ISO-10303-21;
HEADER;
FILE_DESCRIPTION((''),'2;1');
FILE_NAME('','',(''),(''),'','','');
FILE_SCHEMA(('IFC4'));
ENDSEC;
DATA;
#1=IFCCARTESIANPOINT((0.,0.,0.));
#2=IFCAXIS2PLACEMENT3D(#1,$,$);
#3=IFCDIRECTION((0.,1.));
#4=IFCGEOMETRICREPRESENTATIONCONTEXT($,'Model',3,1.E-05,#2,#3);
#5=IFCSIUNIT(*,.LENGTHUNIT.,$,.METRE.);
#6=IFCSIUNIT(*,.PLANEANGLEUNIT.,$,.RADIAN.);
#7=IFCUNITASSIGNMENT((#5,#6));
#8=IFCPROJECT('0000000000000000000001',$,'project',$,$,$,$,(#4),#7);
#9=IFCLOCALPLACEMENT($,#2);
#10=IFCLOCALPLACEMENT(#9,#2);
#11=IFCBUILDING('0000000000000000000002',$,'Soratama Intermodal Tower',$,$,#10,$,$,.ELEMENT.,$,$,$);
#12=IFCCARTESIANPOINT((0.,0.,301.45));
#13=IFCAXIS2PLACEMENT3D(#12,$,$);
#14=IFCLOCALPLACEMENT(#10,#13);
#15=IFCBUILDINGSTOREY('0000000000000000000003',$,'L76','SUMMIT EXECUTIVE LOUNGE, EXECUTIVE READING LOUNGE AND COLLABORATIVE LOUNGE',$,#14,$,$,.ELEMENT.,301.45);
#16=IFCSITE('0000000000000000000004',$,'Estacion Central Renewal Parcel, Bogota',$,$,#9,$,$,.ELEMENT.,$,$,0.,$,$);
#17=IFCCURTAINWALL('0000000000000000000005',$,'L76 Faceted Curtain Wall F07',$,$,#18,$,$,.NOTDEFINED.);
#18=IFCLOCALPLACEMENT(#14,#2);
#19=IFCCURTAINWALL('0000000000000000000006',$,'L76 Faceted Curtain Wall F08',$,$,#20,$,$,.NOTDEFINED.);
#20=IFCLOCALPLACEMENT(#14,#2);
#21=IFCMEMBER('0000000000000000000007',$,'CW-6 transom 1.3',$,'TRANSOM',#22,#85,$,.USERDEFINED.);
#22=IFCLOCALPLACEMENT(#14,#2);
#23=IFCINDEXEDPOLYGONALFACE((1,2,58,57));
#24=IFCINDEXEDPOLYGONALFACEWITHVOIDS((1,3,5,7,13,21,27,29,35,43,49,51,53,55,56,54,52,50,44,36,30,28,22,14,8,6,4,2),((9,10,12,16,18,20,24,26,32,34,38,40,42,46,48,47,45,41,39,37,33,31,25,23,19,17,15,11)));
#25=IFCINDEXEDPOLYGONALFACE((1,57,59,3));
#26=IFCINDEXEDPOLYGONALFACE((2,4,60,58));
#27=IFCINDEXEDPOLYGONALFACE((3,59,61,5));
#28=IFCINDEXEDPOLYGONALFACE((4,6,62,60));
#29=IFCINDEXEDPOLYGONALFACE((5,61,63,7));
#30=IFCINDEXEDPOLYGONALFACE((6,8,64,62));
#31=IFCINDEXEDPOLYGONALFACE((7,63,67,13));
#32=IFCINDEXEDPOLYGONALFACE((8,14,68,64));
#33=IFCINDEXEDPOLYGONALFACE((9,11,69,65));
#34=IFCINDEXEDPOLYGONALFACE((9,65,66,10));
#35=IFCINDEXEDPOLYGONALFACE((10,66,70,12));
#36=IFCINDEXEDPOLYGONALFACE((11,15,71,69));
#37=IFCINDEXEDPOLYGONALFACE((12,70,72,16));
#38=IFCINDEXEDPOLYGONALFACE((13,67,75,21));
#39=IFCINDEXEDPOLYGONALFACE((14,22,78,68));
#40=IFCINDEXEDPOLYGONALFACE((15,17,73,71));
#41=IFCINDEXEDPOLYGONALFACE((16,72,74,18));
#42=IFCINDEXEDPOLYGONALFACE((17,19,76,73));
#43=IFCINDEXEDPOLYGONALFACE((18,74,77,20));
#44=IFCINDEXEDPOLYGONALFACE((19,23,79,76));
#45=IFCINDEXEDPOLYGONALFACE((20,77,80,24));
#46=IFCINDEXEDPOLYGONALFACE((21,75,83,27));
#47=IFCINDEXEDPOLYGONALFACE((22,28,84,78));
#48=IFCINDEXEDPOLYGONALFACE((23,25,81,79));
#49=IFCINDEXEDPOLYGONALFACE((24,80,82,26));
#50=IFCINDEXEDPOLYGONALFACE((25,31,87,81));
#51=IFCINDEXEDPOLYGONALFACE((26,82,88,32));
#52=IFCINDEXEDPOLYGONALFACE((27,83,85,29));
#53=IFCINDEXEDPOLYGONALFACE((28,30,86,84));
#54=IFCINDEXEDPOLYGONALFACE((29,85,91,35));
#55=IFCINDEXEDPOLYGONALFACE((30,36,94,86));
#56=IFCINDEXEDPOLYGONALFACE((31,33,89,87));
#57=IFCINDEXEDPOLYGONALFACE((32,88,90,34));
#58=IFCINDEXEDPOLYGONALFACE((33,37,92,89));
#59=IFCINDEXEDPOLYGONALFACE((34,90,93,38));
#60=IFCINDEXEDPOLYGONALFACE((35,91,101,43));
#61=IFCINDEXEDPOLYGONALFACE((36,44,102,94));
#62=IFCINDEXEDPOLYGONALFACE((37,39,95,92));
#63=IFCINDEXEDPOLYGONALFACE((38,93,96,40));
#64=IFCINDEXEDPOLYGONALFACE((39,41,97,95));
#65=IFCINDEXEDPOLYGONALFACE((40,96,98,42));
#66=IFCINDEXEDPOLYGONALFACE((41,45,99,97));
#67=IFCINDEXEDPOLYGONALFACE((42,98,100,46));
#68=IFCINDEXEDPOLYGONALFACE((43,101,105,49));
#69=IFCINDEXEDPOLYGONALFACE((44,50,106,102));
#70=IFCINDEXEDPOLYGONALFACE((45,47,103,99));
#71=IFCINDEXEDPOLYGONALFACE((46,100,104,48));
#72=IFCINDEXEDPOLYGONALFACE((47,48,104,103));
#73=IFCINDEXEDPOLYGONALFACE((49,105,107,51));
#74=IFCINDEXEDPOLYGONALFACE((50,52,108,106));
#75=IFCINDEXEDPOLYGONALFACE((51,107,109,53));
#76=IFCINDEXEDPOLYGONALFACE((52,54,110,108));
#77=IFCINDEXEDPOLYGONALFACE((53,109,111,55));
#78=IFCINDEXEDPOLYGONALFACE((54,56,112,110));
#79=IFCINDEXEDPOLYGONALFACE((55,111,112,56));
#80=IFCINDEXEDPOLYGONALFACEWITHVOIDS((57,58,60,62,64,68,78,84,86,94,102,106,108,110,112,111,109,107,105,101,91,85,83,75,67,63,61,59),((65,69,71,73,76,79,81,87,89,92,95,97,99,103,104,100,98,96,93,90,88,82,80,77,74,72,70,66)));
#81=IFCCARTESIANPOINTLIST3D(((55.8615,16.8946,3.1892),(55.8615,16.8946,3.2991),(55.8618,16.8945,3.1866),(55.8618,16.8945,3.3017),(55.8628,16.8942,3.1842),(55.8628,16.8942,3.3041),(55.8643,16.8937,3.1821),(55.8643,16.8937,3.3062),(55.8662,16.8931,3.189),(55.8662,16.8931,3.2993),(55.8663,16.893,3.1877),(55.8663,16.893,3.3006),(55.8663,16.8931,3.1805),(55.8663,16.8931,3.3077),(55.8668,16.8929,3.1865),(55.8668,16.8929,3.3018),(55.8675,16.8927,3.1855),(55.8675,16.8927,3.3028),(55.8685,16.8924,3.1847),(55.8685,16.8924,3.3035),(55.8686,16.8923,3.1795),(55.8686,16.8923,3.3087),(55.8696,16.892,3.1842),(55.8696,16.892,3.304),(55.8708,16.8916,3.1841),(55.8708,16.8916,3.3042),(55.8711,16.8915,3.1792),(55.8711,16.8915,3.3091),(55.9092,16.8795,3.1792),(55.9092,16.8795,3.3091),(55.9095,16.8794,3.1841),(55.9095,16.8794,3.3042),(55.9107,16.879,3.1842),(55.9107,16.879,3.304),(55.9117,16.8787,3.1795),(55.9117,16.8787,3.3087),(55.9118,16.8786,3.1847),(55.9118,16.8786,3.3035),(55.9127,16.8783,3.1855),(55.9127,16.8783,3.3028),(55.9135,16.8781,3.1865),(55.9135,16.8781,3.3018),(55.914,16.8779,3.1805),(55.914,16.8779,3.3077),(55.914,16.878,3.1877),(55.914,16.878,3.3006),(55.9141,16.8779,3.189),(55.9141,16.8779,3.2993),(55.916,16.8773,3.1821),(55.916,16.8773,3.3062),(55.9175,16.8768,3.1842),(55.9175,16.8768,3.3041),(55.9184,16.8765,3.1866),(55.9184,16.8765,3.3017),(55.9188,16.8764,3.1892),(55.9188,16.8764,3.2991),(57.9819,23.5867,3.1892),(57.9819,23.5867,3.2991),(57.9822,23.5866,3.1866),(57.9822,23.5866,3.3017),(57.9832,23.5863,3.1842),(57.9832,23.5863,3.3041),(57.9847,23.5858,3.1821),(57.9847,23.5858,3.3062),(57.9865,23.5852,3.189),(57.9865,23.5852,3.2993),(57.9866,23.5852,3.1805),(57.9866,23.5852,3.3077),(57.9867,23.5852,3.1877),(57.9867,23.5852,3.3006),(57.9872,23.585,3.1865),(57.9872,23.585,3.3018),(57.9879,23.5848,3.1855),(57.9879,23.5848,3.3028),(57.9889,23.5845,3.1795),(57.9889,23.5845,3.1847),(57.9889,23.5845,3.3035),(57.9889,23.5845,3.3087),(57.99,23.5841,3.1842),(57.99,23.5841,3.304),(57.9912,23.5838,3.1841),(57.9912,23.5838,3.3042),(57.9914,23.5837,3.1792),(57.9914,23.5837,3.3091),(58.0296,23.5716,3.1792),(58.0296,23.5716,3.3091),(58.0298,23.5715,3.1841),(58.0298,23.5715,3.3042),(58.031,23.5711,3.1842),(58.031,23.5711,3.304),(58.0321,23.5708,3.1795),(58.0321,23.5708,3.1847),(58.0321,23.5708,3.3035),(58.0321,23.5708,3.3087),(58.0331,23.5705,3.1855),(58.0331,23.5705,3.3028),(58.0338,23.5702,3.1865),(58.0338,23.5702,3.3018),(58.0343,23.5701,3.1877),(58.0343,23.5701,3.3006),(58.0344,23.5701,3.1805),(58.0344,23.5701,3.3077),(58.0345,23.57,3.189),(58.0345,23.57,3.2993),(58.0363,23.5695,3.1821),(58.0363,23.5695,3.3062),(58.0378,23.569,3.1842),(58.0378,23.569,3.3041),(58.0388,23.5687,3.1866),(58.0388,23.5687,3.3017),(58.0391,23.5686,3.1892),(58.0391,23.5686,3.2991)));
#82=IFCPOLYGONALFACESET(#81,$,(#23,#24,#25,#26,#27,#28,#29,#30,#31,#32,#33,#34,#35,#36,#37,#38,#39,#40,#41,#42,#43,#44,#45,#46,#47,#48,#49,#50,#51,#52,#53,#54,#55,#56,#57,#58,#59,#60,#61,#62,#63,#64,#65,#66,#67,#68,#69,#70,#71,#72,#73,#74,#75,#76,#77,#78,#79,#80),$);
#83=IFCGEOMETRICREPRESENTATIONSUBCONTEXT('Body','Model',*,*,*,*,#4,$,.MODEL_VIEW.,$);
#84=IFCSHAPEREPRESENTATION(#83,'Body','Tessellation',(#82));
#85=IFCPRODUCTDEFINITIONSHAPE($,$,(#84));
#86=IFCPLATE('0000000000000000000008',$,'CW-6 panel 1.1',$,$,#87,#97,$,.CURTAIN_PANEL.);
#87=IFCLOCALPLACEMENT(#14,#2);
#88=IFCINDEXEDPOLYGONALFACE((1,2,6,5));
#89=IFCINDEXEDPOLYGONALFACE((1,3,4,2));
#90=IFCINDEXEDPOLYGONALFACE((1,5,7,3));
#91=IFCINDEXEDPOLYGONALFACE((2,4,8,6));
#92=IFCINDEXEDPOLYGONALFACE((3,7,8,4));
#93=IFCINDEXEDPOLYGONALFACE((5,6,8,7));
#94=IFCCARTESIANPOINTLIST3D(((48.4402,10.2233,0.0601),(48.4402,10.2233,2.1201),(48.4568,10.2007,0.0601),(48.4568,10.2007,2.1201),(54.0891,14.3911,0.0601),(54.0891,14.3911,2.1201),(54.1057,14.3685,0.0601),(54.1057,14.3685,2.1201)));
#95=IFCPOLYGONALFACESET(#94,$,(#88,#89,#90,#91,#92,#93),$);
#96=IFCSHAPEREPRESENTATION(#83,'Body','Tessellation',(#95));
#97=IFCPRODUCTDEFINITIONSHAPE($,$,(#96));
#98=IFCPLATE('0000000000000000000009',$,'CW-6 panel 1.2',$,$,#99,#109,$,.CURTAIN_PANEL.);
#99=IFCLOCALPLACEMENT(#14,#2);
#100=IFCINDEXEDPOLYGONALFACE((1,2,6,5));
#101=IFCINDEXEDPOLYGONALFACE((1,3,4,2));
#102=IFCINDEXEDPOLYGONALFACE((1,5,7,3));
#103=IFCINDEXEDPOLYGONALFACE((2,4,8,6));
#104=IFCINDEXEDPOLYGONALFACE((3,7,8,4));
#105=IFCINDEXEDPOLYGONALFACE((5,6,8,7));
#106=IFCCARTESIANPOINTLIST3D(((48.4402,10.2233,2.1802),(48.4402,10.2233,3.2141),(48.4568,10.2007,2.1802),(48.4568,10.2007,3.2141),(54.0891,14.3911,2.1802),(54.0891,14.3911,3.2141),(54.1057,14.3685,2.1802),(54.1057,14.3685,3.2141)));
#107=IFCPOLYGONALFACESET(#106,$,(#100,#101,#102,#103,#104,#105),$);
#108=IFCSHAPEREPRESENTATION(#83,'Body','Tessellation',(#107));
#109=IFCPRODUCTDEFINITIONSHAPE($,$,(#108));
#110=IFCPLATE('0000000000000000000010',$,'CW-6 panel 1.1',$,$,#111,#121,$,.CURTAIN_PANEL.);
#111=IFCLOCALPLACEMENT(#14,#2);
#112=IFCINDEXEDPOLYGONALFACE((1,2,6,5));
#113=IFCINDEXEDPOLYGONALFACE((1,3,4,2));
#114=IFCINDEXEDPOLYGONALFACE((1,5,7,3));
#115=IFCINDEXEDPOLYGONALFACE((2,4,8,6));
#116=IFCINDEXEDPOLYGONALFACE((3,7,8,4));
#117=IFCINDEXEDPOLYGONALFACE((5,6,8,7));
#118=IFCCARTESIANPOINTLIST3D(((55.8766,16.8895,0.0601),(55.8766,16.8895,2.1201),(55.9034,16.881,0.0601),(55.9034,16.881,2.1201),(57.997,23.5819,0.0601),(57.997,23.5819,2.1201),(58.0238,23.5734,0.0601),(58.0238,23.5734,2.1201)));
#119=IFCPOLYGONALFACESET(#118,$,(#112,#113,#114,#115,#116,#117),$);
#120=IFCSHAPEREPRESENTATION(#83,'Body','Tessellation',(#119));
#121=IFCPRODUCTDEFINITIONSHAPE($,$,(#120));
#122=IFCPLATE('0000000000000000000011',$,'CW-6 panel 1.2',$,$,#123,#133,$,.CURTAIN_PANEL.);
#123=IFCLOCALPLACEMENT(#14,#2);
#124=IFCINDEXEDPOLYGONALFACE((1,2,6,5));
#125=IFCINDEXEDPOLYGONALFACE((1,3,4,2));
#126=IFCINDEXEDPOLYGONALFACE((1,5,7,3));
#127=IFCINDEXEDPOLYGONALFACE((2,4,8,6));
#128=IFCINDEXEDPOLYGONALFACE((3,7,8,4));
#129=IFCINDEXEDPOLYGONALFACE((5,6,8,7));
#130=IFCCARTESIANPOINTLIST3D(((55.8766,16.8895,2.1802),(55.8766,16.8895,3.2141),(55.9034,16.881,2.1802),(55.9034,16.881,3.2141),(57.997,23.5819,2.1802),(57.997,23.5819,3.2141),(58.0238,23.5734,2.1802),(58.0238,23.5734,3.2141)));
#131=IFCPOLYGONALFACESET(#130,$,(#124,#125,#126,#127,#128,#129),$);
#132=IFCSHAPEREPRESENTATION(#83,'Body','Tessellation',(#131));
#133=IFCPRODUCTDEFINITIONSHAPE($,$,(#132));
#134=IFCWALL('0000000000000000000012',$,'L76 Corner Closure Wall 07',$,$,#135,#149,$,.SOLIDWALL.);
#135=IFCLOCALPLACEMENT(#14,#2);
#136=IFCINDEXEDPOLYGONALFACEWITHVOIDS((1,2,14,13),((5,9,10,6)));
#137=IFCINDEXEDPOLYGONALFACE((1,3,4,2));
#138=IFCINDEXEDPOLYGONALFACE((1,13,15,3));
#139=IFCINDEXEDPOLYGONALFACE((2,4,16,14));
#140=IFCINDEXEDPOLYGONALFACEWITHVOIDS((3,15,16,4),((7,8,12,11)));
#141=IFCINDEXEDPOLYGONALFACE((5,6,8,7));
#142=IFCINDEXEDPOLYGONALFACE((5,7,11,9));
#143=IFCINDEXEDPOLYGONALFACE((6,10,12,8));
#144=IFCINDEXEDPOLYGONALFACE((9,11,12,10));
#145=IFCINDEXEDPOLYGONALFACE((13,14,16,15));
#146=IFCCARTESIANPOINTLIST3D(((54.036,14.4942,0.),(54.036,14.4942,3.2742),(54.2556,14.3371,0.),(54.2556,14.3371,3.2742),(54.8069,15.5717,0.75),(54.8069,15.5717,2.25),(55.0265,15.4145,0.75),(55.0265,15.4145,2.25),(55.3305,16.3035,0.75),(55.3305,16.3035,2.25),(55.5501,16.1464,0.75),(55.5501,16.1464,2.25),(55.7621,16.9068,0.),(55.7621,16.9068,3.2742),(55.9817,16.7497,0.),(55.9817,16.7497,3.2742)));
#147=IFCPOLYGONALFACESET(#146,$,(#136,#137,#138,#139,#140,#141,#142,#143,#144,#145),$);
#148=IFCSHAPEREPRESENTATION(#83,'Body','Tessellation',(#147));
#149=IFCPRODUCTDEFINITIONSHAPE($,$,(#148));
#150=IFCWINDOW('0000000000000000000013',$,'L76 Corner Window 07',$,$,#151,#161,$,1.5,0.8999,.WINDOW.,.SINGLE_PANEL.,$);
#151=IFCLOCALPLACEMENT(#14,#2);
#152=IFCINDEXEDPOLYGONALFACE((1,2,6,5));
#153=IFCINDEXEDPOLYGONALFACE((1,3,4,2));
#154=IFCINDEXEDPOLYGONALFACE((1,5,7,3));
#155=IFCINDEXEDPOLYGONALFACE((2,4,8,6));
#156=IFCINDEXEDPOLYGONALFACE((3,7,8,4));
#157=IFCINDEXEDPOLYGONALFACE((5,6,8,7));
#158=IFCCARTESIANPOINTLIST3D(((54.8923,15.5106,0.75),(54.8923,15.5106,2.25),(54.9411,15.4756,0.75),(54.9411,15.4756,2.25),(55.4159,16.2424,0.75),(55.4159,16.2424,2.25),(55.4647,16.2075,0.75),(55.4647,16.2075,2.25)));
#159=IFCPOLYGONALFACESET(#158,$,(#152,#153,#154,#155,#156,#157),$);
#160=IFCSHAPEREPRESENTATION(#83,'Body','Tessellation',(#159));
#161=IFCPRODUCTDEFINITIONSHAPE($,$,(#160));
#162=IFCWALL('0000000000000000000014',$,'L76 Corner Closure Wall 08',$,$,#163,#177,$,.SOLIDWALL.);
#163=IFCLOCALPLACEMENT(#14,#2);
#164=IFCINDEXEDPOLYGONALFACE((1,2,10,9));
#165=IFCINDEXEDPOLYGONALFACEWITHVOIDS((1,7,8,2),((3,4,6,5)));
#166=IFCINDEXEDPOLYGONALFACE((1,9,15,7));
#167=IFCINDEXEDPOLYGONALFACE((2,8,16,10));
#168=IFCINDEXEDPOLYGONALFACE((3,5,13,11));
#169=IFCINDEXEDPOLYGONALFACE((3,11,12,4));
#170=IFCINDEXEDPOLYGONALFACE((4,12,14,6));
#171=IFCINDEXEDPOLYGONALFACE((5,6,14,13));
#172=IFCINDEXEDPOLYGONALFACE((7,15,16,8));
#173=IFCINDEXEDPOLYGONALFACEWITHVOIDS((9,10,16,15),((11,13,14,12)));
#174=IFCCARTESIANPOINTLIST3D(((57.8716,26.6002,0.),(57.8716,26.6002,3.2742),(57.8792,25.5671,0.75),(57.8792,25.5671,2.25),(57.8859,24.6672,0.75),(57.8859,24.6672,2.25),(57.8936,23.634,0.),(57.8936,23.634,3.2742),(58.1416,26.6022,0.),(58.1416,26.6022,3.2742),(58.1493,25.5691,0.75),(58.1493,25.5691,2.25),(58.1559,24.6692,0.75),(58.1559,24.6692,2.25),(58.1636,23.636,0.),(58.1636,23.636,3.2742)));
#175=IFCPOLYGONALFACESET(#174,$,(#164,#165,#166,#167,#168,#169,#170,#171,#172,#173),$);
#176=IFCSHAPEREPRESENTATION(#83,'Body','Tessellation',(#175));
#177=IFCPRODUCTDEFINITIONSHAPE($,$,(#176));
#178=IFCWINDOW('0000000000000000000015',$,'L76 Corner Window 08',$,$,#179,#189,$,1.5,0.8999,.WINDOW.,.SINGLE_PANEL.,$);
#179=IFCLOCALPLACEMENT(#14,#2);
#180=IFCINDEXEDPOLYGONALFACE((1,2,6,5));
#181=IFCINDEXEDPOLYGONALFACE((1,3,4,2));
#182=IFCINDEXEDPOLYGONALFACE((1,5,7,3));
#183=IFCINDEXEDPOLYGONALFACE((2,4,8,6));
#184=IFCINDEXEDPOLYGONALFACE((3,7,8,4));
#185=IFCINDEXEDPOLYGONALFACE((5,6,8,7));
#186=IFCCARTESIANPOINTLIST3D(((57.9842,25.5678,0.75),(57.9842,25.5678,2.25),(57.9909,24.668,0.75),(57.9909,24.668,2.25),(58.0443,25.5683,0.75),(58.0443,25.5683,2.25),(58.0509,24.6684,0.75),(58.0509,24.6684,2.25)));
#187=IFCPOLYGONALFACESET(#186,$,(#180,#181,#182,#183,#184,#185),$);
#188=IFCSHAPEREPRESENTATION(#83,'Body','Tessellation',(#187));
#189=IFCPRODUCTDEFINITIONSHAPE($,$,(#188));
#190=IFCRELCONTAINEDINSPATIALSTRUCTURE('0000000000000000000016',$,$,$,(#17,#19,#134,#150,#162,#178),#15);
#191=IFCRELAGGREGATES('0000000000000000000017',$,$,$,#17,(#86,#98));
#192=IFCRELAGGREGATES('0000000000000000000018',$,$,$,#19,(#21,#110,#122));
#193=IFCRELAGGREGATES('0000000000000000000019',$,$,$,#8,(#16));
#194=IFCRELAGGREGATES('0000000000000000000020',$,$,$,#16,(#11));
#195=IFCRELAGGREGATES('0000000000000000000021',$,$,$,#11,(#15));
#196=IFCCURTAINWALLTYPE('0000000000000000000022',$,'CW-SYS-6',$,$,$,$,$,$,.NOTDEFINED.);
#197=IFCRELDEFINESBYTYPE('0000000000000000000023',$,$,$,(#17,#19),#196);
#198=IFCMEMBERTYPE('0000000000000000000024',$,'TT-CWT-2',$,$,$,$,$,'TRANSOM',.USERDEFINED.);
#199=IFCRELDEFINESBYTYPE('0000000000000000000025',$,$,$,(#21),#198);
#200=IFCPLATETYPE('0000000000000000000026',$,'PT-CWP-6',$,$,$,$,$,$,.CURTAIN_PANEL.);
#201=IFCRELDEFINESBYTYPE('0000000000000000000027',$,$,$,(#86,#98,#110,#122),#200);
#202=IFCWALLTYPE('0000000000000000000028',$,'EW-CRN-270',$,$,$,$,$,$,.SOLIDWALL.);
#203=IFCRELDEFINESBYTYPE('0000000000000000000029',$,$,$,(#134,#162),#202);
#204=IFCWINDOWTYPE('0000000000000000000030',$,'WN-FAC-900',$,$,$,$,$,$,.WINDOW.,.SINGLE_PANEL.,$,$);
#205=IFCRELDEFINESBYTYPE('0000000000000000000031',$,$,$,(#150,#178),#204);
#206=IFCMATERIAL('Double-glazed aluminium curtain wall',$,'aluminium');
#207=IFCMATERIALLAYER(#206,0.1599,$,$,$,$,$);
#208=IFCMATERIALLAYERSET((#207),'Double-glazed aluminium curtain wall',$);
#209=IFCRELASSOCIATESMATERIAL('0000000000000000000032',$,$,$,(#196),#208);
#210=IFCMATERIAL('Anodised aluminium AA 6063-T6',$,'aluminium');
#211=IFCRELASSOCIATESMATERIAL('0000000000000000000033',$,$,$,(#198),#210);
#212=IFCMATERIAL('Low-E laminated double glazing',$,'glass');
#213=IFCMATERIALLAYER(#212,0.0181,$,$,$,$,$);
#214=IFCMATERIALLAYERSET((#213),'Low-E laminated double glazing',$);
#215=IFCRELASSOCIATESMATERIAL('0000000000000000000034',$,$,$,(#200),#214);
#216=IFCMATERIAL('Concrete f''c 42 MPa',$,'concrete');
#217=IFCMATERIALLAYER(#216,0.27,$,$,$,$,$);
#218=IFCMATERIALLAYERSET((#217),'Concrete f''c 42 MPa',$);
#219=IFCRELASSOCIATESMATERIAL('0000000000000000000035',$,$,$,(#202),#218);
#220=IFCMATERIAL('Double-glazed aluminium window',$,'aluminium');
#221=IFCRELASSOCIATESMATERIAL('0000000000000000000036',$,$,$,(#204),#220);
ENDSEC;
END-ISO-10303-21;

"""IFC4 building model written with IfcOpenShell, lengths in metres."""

from ifc_helpers import new_model, si_unit, direction, frame, frame_2d, origin, origin_2d, place, context, subcontext, project, spatial, rectangle, hollow_rectangle, extrude, material, layer, layer_set, material_profile, profile_set, type_object, element, fill, aggregate, save


model = new_model("IFC4")

# Units and contexts
model_context = context("Model", 3, precision=1e-05, world=origin(), true_north=direction((0.0, 1.0)))
body_context = subcontext(model_context, "Body", "Model", "MODEL_VIEW")
ifc_project = project(units=[si_unit("LENGTHUNIT", "METRE"), si_unit("PLANEANGLEUNIT", "RADIAN")], contexts=[model_context])

# Site, building, storey
site_placement = place(None, origin())
site = spatial("IfcSite", under=ifc_project, at=site_placement, Name="Estacion Central Renewal Parcel, Bogota", CompositionType="ELEMENT", RefElevation=0.0)
building_placement = place(site_placement, origin())
building = spatial("IfcBuilding", under=site, at=building_placement, Name="Soratama Intermodal Tower", CompositionType="ELEMENT")
storey_placement = place(building_placement, frame((0.0, 0.0, 301.45)))
storey = spatial("IfcBuildingStorey", under=building, at=storey_placement, Name="L76", Description="SUMMIT EXECUTIVE LOUNGE, EXECUTIVE READING LOUNGE AND COLLABORATIVE LOUNGE", CompositionType="ELEMENT", Elevation=301.45)

# Curtain walls
ifc_material_1 = material(Name="Double-glazed aluminium curtain wall", Category="aluminium")
ifc_layer_1 = layer(ifc_material_1, 0.1599)
ifc_layer_set_1 = layer_set([ifc_layer_1], Name="Double-glazed aluminium curtain wall")
curtain_wall_type = type_object("IfcCurtainWallType", Name="CW-SYS-6", PredefinedType="NOTDEFINED", material=ifc_layer_set_1)
curtain_wall_1_placement = place(storey_placement, origin())
curtain_wall_1 = element("IfcCurtainWall", 1, at=curtain_wall_1_placement, inside=storey, type_object=curtain_wall_type, Name="L76 Faceted Curtain Wall F07", PredefinedType="NOTDEFINED")
curtain_wall_2_placement = place(storey_placement, origin())
curtain_wall_2 = element("IfcCurtainWall", 2, at=curtain_wall_2_placement, inside=storey, type_object=curtain_wall_type, Name="L76 Faceted Curtain Wall F08", PredefinedType="NOTDEFINED")

# Member
ifc_material_2 = material(Name="Anodised aluminium AA 6063-T6", Category="aluminium")
ifc_material_profile_1 = material_profile(ifc_material_2, hollow_rectangle(XDim=0.0601, YDim=0.1299, WallThickness=0.0049, InnerFilletRadius=0.0049, OuterFilletRadius=0.01, at=origin_2d()), Name="CWT130X60X5")
ifc_profile_set_1 = profile_set([ifc_material_profile_1], Name="Anodised aluminium AA 6063-T6")
member_type_1 = type_object("IfcMemberType", Name="TT-CWT-2", ElementType="TRANSOM", PredefinedType="USERDEFINED", material=ifc_profile_set_1)
member_1_placement = place(storey_placement, frame((55.8901, 16.8855, 3.2441), z_axis=(0.302045, 0.953294, 0.0), x_axis=(-0.953294, 0.302045, 0.0)))
member_1 = element("IfcMember", 3, at=member_1_placement, type_object=member_type_1, Name="CW-6 transom 1.3", ObjectType="TRANSOM", PredefinedType="USERDEFINED", context=body_context, shape_type="SweptSolid", body=[
    extrude(hollow_rectangle(XDim=0.0601, YDim=0.1299, WallThickness=0.0049, InnerFilletRadius=0.0049, OuterFilletRadius=0.01, at=origin_2d()), origin(), (0.0, 0.0, 1.0), 7.02),
])

# Plates
ifc_material_3 = material(Name="Low-E laminated double glazing", Category="glass")
ifc_layer_2 = layer(ifc_material_3, 0.0181)
ifc_layer_set_2 = layer_set([ifc_layer_2], Name="Low-E laminated double glazing")
plate_type = type_object("IfcPlateType", Name="PT-CWP-6", PredefinedType="CURTAIN_PANEL", material=ifc_layer_set_2)
plate_1_placement = place(storey_placement, frame((51.2729, 12.2959, 0.0601), z_axis=(0.0, 0.0, 1.0), x_axis=(0.804683, 0.593705, 0.0)))
plate_1 = element("IfcPlate", 4, at=plate_1_placement, type_object=plate_type, Name="CW-6 panel 1.1", PredefinedType="CURTAIN_PANEL", context=body_context, shape_type="SweptSolid", body=[
    extrude(rectangle(XDim=7.02, YDim=0.0281, at=origin_2d()), origin(), (0.0, 0.0, 1.0), 2.0601),
])
plate_2_placement = place(storey_placement, frame((51.2729, 12.2959, 2.1802), z_axis=(0.0, 0.0, 1.0), x_axis=(0.804683, 0.593705, 0.0)))
plate_2 = element("IfcPlate", 5, at=plate_2_placement, type_object=plate_type, Name="CW-6 panel 1.2", PredefinedType="CURTAIN_PANEL", context=body_context, shape_type="SweptSolid", body=[
    extrude(rectangle(XDim=7.02, YDim=0.0281, at=origin_2d()), origin(), (0.0, 0.0, 1.0), 1.0339),
])
aggregate(curtain_wall_1, [plate_1, plate_2])
plate_3_placement = place(storey_placement, frame((56.9502, 20.2314, 0.0601), z_axis=(0.0, 0.0, 1.0), x_axis=(0.302037, 0.953296, 0.0)))
plate_3 = element("IfcPlate", 6, at=plate_3_placement, type_object=plate_type, Name="CW-6 panel 1.1", PredefinedType="CURTAIN_PANEL", context=body_context, shape_type="SweptSolid", body=[
    extrude(rectangle(XDim=7.0203, YDim=0.0281, at=origin_2d()), origin(), (0.0, 0.0, 1.0), 2.0601),
])
plate_4_placement = place(storey_placement, frame((56.9502, 20.2314, 2.1802), z_axis=(0.0, 0.0, 1.0), x_axis=(0.302037, 0.953296, 0.0)))
plate_4 = element("IfcPlate", 7, at=plate_4_placement, type_object=plate_type, Name="CW-6 panel 1.2", PredefinedType="CURTAIN_PANEL", context=body_context, shape_type="SweptSolid", body=[
    extrude(rectangle(XDim=7.0203, YDim=0.0281, at=origin_2d()), origin(), (0.0, 0.0, 1.0), 1.0339),
])
aggregate(curtain_wall_2, [member_1, plate_3, plate_4])

# Walls, openings, windows
ifc_material_4 = material(Name="Concrete f'c 42 MPa", Category="concrete")
ifc_layer_3 = layer(ifc_material_4, 0.27)
ifc_layer_set_3 = layer_set([ifc_layer_3], Name="Concrete f'c 42 MPa")
wall_type_1 = type_object("IfcWallType", Name="EW-CRN-270", PredefinedType="SOLIDWALL", material=ifc_layer_set_3)
wall_1_placement = place(storey_placement, frame((54.1458, 14.4155, 0.0), z_axis=(0.0, 0.0, 1.0), x_axis=(0.581861, 0.813288, 0.0)))
wall_1 = element("IfcWall", 8, at=wall_1_placement, inside=storey, type_object=wall_type_1, Name="L76 Corner Closure Wall 07", PredefinedType="SOLIDWALL", context=body_context, shape_type="SweptSolid", body=[
    extrude(rectangle(XDim=2.9666, YDim=0.27, at=frame_2d((1.4834, 0.0))), origin(), (0.0, 0.0, 1.0), 3.2742),
])
opening_1_placement = place(wall_1_placement, frame((1.325, 0.0, 0.75)))
opening_1 = element("IfcOpeningElement", 9, at=opening_1_placement, cuts=wall_1, PredefinedType="OPENING", context=body_context, shape_type="SweptSolid", body=[
    extrude(rectangle(XDim=0.8999, YDim=1.5, at=frame_2d((0.45, 0.75))), frame((0.0, 0.145, 0.0), z_axis=(0.0, -1.0, 0.0), x_axis=(1.0, 0.0, 0.0)), (0.0, 0.0, 1.0), 0.29),
])
ifc_material_5 = material(Name="Double-glazed aluminium window", Category="aluminium")
window_type = type_object("IfcWindowType", Name="WN-FAC-900", PartitioningType="SINGLE_PANEL", PredefinedType="WINDOW", material=ifc_material_5)
window_1_placement = place(opening_1_placement, origin())
window_1 = element("IfcWindow", 10, at=window_1_placement, inside=storey, type_object=window_type, Name="L76 Corner Window 07", OverallHeight=1.5, OverallWidth=0.8999, PartitioningType="SINGLE_PANEL", PredefinedType="WINDOW", context=body_context, shape_type="SweptSolid", body=[
    extrude(rectangle(XDim=0.8999, YDim=1.5, at=frame_2d((0.45, 0.75))), frame((0.0, 0.03, 0.0), z_axis=(0.0, -1.0, 0.0), x_axis=(1.0, 0.0, 0.0)), (0.0, 0.0, 1.0), 0.0601),
])
fill(opening_1, window_1)
wall_2_placement = place(storey_placement, frame((58.0286, 23.635, 0.0), z_axis=(0.0, 0.0, 1.0), x_axis=(-0.007407, 0.999973, 0.0)))
wall_2 = element("IfcWall", 11, at=wall_2_placement, inside=storey, type_object=wall_type_1, Name="L76 Corner Closure Wall 08", PredefinedType="SOLIDWALL", context=body_context, shape_type="SweptSolid", body=[
    extrude(rectangle(XDim=2.9663, YDim=0.27, at=frame_2d((1.4832, 0.0))), origin(), (0.0, 0.0, 1.0), 3.2742),
])
opening_2_placement = place(wall_2_placement, frame((1.0332, 0.0, 0.75)))
opening_2 = element("IfcOpeningElement", 12, at=opening_2_placement, cuts=wall_2, PredefinedType="OPENING", context=body_context, shape_type="SweptSolid", body=[
    extrude(rectangle(XDim=0.8999, YDim=1.5, at=frame_2d((0.45, 0.75))), frame((0.0, 0.145, 0.0), z_axis=(0.0, -1.0, 0.0), x_axis=(1.0, 0.0, 0.0)), (0.0, 0.0, 1.0), 0.29),
])
window_2_placement = place(opening_2_placement, origin())
window_2 = element("IfcWindow", 13, at=window_2_placement, inside=storey, type_object=window_type, Name="L76 Corner Window 08", OverallHeight=1.5, OverallWidth=0.8999, PartitioningType="SINGLE_PANEL", PredefinedType="WINDOW", context=body_context, shape_type="SweptSolid", body=[
    extrude(rectangle(XDim=0.8999, YDim=1.5, at=frame_2d((0.45, 0.75))), frame((0.0, 0.03, 0.0), z_axis=(0.0, -1.0, 0.0), x_axis=(1.0, 0.0, 0.0)), (0.0, 0.0, 1.0), 0.0601),
])
fill(opening_2, window_2)

save(model, "model.ifc")
